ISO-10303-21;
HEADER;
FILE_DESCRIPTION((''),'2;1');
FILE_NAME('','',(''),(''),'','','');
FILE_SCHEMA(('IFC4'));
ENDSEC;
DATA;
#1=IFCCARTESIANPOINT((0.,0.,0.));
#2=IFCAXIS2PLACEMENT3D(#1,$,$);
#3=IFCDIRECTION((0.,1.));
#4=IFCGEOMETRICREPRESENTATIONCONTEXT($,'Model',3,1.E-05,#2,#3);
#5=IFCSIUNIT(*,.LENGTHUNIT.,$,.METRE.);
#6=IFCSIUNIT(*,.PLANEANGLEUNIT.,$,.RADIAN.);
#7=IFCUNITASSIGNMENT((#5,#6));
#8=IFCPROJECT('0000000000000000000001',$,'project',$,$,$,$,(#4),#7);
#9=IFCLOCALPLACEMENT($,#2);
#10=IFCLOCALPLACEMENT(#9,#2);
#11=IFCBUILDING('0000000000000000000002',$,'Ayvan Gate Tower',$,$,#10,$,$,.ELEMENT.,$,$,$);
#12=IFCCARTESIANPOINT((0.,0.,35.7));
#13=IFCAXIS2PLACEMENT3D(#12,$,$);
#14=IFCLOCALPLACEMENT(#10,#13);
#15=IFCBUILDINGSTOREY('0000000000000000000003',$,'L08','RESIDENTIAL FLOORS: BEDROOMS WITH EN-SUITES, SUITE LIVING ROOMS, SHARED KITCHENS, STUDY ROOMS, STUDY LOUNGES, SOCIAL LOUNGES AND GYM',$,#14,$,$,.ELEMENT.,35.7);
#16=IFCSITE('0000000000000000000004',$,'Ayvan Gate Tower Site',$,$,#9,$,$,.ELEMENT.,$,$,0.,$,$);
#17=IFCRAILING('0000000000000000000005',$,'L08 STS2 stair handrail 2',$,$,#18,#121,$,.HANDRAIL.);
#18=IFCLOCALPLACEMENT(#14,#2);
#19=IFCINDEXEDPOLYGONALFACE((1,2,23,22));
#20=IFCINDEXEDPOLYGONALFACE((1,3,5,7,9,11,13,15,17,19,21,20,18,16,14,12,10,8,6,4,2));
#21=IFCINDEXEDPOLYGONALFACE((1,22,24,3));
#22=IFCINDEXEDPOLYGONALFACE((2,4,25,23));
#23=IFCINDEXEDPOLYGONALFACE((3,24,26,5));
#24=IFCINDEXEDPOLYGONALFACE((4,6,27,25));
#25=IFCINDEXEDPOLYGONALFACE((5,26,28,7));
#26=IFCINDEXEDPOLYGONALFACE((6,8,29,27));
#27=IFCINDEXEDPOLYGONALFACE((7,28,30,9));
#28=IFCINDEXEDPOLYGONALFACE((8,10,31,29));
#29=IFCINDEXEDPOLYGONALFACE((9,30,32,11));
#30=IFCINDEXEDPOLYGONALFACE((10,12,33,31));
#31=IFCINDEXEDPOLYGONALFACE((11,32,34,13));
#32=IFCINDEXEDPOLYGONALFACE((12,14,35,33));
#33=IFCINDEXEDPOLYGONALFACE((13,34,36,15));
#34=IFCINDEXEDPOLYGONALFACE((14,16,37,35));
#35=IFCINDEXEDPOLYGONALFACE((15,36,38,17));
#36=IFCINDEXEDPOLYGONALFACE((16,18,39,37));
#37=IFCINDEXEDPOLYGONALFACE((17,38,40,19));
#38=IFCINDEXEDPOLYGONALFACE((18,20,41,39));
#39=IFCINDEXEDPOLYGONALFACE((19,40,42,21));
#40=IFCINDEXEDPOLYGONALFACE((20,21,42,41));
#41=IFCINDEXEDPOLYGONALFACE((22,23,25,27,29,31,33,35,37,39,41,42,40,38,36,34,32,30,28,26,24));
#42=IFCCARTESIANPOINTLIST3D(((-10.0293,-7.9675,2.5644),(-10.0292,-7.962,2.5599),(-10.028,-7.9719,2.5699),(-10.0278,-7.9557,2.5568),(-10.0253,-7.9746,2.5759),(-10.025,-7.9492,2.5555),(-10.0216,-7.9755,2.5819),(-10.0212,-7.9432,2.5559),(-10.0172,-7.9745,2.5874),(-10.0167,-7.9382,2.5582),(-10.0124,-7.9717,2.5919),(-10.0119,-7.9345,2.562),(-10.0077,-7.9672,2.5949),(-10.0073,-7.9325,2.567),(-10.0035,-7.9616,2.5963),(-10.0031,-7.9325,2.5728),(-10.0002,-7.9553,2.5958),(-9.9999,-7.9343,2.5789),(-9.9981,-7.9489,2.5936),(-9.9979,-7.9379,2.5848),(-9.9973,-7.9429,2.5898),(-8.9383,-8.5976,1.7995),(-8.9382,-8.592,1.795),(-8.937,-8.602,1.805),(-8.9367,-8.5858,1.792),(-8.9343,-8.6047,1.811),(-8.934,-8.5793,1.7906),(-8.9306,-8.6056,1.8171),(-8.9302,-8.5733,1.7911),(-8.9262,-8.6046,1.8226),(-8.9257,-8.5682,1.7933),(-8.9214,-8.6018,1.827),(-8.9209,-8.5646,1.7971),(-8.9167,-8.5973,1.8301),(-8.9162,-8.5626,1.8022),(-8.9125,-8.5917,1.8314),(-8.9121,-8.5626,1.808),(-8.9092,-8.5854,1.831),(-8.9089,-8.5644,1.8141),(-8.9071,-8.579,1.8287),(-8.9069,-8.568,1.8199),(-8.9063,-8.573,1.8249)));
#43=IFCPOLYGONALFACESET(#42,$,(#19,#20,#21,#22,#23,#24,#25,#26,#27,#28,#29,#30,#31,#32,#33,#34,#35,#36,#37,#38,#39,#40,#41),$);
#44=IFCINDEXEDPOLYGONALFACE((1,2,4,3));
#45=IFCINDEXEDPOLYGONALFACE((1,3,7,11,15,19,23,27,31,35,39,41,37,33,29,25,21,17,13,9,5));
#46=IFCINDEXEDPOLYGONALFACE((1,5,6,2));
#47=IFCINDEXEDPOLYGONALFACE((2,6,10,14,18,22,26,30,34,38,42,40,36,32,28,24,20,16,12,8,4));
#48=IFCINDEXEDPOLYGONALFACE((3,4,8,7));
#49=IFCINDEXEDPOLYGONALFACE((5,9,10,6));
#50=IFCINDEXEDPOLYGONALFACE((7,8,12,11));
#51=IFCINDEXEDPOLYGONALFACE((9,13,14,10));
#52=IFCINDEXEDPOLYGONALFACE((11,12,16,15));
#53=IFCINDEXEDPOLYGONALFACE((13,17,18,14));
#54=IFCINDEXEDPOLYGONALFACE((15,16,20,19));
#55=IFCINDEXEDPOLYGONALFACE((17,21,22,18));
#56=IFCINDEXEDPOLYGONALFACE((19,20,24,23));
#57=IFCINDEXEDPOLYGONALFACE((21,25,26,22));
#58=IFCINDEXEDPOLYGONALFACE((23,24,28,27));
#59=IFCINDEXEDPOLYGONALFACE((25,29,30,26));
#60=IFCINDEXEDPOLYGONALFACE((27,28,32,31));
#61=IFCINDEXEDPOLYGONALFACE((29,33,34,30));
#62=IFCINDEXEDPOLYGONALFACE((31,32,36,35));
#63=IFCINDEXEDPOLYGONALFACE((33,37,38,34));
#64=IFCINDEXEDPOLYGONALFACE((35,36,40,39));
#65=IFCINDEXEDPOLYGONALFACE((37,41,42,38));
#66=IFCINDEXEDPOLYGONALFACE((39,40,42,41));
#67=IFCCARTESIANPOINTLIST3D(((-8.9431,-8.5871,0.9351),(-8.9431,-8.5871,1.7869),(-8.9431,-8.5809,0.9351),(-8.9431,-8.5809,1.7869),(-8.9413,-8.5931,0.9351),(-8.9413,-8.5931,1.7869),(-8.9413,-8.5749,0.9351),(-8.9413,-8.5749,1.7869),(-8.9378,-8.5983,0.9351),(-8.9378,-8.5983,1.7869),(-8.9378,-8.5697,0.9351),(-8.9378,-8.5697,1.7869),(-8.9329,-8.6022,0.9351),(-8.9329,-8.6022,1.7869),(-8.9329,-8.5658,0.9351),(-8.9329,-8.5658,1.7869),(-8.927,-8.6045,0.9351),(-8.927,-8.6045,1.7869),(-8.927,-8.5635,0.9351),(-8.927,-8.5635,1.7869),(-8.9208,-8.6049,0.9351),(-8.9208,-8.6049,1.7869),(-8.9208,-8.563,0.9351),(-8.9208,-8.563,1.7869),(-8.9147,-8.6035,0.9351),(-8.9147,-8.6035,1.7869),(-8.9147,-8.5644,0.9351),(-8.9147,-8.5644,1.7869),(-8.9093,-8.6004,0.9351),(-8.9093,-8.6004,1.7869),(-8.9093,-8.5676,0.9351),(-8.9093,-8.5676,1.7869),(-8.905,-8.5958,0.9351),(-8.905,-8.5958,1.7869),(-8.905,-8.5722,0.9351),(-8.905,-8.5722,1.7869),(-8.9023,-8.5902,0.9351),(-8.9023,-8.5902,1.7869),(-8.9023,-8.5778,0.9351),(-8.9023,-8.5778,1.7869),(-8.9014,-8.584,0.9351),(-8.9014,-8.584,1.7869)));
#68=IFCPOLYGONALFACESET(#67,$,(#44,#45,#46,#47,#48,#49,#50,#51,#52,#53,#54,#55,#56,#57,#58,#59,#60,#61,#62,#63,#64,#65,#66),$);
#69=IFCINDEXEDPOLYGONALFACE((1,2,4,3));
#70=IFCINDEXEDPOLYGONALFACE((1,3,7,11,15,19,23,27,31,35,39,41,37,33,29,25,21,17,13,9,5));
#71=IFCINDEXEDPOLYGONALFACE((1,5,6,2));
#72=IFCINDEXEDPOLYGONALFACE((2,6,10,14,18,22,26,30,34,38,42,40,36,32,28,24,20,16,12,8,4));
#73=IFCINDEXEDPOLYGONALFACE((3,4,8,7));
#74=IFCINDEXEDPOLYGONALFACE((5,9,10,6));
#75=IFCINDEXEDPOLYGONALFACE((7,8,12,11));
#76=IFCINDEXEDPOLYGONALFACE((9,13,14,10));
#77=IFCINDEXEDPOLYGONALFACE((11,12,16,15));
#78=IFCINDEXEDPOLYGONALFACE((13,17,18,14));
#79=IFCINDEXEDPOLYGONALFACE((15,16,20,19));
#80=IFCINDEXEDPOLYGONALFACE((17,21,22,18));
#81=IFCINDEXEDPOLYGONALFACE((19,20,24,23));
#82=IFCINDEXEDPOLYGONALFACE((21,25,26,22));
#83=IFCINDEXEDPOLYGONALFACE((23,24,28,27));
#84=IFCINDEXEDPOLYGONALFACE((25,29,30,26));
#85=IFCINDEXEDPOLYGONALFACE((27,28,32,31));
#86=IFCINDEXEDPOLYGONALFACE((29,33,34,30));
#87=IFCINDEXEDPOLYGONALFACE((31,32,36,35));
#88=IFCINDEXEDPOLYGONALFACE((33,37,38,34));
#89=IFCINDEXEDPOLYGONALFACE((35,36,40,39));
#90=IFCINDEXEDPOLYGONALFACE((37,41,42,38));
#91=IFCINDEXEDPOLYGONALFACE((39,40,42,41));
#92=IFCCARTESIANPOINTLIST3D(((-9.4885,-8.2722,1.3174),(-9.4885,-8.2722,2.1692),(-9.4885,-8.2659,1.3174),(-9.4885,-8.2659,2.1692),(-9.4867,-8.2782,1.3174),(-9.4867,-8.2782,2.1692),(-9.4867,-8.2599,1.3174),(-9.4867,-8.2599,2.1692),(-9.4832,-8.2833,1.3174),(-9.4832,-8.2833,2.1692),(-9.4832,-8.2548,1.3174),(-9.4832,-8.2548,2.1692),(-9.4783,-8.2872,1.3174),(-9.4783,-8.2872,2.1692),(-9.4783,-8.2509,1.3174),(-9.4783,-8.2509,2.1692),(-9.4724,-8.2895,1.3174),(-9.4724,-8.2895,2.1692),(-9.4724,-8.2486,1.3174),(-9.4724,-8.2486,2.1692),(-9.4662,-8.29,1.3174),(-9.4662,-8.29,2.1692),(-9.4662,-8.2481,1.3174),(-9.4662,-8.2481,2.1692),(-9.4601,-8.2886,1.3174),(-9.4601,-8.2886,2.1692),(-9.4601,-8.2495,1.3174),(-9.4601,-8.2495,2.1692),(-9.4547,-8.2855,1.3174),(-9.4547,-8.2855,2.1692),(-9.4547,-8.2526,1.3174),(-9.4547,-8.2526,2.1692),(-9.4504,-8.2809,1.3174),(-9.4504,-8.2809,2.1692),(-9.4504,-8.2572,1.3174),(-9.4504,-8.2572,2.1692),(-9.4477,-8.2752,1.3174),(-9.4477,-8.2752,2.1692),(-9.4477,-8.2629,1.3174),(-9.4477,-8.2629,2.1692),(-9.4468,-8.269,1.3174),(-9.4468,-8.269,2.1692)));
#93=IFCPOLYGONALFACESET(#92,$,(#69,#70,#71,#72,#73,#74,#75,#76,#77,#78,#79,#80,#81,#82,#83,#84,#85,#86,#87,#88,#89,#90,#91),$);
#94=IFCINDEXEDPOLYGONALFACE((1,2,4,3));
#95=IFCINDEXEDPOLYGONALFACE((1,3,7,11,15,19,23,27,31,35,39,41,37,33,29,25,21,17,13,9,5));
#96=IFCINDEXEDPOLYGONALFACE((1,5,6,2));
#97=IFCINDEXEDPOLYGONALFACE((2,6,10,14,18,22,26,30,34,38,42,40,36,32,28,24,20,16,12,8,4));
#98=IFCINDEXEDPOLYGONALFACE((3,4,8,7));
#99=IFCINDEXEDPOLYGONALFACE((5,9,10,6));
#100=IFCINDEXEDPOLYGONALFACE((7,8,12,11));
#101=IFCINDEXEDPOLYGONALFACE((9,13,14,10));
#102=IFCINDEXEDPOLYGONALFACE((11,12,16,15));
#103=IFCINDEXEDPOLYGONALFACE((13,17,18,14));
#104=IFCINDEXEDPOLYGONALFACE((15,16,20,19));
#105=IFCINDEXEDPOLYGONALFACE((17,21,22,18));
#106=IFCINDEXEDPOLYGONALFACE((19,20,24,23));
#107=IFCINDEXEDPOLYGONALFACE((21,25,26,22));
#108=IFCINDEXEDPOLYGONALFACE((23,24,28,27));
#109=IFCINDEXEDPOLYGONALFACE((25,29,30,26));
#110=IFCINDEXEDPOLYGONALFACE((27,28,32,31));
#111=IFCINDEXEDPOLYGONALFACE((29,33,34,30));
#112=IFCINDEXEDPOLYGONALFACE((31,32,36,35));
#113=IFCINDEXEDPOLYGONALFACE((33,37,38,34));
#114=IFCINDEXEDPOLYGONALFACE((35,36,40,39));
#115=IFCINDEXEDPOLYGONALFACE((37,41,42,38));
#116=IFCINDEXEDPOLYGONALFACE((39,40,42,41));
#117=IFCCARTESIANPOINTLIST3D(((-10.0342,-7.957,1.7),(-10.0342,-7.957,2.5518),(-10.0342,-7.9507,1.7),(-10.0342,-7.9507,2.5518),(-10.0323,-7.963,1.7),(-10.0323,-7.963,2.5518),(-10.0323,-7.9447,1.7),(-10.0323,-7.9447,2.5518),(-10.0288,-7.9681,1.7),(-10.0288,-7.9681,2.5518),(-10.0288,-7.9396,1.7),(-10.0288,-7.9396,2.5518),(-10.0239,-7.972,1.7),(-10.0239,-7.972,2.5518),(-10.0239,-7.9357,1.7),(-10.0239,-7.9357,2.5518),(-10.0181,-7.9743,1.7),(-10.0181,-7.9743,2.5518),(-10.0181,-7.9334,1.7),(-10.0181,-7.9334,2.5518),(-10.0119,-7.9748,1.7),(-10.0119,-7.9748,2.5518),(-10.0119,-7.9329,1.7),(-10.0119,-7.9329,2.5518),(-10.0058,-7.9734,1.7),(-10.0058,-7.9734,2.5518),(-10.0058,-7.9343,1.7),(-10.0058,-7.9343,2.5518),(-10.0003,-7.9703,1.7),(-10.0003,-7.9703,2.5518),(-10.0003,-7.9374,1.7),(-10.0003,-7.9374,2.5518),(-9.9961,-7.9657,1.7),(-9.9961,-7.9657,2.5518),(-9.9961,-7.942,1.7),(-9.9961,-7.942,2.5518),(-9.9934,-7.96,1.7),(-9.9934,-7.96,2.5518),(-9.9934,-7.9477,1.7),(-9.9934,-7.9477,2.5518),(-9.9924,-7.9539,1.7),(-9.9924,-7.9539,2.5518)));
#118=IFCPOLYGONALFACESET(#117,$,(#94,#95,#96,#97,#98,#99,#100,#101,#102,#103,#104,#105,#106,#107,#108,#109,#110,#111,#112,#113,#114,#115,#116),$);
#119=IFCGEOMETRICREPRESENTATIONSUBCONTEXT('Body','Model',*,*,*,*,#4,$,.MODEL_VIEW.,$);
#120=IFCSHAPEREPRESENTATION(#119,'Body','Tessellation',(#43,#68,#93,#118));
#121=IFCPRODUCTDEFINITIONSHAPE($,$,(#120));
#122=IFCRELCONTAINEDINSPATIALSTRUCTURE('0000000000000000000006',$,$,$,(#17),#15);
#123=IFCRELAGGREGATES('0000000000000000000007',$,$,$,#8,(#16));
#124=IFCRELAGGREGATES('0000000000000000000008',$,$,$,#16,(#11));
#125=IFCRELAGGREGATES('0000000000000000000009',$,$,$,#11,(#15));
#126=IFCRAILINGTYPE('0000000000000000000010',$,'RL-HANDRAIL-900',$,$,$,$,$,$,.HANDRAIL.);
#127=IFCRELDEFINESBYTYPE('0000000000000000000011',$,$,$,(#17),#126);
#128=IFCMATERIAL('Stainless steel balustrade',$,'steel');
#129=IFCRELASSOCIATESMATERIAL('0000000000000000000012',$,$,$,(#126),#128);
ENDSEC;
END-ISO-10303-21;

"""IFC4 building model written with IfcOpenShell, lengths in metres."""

from ifc_helpers import new_model, si_unit, direction, frame, origin, origin_2d, place, context, subcontext, project, spatial, circle, extrude, material, type_object, element, save


model = new_model("IFC4")

# Units and contexts
model_context = context("Model", 3, precision=1e-05, world=origin(), true_north=direction((0.0, 1.0)))
body_context = subcontext(model_context, "Body", "Model", "MODEL_VIEW")
ifc_project = project(units=[si_unit("LENGTHUNIT", "METRE"), si_unit("PLANEANGLEUNIT", "RADIAN")], contexts=[model_context])

# Site, building, storey
site_placement = place(None, origin())
site = spatial("IfcSite", under=ifc_project, at=site_placement, Name="Ayvan Gate Tower Site", CompositionType="ELEMENT", RefElevation=0.0)
building_placement = place(site_placement, origin())
building = spatial("IfcBuilding", under=site, at=building_placement, Name="Ayvan Gate Tower", CompositionType="ELEMENT")
storey_placement = place(building_placement, frame((0.0, 0.0, 35.7)))
storey = spatial("IfcBuildingStorey", under=building, at=storey_placement, Name="L08", Description="RESIDENTIAL FLOORS: BEDROOMS WITH EN-SUITES, SUITE LIVING ROOMS, SHARED KITCHENS, STUDY ROOMS, STUDY LOUNGES, SOCIAL LOUNGES AND GYM", CompositionType="ELEMENT", Elevation=35.7)

# Railing
ifc_material_1 = material(Name="Stainless steel balustrade", Category="steel")
railing_type_1 = type_object("IfcRailingType", Name="RL-HANDRAIL-900", PredefinedType="HANDRAIL", material=ifc_material_1)
railing_1_placement = place(storey_placement, frame((-8.9224, -8.584, 0.9351)))
element("IfcRailing", 1, at=railing_1_placement, inside=storey, type_object=railing_type_1, Name="L08 STS2 stair handrail 2", PredefinedType="HANDRAIL", context=body_context, shape_type="SweptSolid", body=[
    extrude(circle(Radius=0.0239, at=origin_2d()), frame((0.0, 0.0, 0.876), z_axis=(-0.740229, 0.427508, 0.518939), x_axis=(-0.500119, -0.865956, 0.0)), (0.0, 0.0, 1.0), 1.4739),
    extrude(circle(Radius=0.021, at=origin_2d()), origin(), (0.0, 0.0, 1.0), 0.8518),
    extrude(circle(Radius=0.021, at=origin_2d()), frame((-0.5454, 0.3149, 0.3823)), (0.0, 0.0, 1.0), 0.8518),
    extrude(circle(Radius=0.021, at=origin_2d()), frame((-1.0911, 0.6301, 0.7649)), (0.0, 0.0, 1.0), 0.8518),
])

save(model, "model.ifc")
